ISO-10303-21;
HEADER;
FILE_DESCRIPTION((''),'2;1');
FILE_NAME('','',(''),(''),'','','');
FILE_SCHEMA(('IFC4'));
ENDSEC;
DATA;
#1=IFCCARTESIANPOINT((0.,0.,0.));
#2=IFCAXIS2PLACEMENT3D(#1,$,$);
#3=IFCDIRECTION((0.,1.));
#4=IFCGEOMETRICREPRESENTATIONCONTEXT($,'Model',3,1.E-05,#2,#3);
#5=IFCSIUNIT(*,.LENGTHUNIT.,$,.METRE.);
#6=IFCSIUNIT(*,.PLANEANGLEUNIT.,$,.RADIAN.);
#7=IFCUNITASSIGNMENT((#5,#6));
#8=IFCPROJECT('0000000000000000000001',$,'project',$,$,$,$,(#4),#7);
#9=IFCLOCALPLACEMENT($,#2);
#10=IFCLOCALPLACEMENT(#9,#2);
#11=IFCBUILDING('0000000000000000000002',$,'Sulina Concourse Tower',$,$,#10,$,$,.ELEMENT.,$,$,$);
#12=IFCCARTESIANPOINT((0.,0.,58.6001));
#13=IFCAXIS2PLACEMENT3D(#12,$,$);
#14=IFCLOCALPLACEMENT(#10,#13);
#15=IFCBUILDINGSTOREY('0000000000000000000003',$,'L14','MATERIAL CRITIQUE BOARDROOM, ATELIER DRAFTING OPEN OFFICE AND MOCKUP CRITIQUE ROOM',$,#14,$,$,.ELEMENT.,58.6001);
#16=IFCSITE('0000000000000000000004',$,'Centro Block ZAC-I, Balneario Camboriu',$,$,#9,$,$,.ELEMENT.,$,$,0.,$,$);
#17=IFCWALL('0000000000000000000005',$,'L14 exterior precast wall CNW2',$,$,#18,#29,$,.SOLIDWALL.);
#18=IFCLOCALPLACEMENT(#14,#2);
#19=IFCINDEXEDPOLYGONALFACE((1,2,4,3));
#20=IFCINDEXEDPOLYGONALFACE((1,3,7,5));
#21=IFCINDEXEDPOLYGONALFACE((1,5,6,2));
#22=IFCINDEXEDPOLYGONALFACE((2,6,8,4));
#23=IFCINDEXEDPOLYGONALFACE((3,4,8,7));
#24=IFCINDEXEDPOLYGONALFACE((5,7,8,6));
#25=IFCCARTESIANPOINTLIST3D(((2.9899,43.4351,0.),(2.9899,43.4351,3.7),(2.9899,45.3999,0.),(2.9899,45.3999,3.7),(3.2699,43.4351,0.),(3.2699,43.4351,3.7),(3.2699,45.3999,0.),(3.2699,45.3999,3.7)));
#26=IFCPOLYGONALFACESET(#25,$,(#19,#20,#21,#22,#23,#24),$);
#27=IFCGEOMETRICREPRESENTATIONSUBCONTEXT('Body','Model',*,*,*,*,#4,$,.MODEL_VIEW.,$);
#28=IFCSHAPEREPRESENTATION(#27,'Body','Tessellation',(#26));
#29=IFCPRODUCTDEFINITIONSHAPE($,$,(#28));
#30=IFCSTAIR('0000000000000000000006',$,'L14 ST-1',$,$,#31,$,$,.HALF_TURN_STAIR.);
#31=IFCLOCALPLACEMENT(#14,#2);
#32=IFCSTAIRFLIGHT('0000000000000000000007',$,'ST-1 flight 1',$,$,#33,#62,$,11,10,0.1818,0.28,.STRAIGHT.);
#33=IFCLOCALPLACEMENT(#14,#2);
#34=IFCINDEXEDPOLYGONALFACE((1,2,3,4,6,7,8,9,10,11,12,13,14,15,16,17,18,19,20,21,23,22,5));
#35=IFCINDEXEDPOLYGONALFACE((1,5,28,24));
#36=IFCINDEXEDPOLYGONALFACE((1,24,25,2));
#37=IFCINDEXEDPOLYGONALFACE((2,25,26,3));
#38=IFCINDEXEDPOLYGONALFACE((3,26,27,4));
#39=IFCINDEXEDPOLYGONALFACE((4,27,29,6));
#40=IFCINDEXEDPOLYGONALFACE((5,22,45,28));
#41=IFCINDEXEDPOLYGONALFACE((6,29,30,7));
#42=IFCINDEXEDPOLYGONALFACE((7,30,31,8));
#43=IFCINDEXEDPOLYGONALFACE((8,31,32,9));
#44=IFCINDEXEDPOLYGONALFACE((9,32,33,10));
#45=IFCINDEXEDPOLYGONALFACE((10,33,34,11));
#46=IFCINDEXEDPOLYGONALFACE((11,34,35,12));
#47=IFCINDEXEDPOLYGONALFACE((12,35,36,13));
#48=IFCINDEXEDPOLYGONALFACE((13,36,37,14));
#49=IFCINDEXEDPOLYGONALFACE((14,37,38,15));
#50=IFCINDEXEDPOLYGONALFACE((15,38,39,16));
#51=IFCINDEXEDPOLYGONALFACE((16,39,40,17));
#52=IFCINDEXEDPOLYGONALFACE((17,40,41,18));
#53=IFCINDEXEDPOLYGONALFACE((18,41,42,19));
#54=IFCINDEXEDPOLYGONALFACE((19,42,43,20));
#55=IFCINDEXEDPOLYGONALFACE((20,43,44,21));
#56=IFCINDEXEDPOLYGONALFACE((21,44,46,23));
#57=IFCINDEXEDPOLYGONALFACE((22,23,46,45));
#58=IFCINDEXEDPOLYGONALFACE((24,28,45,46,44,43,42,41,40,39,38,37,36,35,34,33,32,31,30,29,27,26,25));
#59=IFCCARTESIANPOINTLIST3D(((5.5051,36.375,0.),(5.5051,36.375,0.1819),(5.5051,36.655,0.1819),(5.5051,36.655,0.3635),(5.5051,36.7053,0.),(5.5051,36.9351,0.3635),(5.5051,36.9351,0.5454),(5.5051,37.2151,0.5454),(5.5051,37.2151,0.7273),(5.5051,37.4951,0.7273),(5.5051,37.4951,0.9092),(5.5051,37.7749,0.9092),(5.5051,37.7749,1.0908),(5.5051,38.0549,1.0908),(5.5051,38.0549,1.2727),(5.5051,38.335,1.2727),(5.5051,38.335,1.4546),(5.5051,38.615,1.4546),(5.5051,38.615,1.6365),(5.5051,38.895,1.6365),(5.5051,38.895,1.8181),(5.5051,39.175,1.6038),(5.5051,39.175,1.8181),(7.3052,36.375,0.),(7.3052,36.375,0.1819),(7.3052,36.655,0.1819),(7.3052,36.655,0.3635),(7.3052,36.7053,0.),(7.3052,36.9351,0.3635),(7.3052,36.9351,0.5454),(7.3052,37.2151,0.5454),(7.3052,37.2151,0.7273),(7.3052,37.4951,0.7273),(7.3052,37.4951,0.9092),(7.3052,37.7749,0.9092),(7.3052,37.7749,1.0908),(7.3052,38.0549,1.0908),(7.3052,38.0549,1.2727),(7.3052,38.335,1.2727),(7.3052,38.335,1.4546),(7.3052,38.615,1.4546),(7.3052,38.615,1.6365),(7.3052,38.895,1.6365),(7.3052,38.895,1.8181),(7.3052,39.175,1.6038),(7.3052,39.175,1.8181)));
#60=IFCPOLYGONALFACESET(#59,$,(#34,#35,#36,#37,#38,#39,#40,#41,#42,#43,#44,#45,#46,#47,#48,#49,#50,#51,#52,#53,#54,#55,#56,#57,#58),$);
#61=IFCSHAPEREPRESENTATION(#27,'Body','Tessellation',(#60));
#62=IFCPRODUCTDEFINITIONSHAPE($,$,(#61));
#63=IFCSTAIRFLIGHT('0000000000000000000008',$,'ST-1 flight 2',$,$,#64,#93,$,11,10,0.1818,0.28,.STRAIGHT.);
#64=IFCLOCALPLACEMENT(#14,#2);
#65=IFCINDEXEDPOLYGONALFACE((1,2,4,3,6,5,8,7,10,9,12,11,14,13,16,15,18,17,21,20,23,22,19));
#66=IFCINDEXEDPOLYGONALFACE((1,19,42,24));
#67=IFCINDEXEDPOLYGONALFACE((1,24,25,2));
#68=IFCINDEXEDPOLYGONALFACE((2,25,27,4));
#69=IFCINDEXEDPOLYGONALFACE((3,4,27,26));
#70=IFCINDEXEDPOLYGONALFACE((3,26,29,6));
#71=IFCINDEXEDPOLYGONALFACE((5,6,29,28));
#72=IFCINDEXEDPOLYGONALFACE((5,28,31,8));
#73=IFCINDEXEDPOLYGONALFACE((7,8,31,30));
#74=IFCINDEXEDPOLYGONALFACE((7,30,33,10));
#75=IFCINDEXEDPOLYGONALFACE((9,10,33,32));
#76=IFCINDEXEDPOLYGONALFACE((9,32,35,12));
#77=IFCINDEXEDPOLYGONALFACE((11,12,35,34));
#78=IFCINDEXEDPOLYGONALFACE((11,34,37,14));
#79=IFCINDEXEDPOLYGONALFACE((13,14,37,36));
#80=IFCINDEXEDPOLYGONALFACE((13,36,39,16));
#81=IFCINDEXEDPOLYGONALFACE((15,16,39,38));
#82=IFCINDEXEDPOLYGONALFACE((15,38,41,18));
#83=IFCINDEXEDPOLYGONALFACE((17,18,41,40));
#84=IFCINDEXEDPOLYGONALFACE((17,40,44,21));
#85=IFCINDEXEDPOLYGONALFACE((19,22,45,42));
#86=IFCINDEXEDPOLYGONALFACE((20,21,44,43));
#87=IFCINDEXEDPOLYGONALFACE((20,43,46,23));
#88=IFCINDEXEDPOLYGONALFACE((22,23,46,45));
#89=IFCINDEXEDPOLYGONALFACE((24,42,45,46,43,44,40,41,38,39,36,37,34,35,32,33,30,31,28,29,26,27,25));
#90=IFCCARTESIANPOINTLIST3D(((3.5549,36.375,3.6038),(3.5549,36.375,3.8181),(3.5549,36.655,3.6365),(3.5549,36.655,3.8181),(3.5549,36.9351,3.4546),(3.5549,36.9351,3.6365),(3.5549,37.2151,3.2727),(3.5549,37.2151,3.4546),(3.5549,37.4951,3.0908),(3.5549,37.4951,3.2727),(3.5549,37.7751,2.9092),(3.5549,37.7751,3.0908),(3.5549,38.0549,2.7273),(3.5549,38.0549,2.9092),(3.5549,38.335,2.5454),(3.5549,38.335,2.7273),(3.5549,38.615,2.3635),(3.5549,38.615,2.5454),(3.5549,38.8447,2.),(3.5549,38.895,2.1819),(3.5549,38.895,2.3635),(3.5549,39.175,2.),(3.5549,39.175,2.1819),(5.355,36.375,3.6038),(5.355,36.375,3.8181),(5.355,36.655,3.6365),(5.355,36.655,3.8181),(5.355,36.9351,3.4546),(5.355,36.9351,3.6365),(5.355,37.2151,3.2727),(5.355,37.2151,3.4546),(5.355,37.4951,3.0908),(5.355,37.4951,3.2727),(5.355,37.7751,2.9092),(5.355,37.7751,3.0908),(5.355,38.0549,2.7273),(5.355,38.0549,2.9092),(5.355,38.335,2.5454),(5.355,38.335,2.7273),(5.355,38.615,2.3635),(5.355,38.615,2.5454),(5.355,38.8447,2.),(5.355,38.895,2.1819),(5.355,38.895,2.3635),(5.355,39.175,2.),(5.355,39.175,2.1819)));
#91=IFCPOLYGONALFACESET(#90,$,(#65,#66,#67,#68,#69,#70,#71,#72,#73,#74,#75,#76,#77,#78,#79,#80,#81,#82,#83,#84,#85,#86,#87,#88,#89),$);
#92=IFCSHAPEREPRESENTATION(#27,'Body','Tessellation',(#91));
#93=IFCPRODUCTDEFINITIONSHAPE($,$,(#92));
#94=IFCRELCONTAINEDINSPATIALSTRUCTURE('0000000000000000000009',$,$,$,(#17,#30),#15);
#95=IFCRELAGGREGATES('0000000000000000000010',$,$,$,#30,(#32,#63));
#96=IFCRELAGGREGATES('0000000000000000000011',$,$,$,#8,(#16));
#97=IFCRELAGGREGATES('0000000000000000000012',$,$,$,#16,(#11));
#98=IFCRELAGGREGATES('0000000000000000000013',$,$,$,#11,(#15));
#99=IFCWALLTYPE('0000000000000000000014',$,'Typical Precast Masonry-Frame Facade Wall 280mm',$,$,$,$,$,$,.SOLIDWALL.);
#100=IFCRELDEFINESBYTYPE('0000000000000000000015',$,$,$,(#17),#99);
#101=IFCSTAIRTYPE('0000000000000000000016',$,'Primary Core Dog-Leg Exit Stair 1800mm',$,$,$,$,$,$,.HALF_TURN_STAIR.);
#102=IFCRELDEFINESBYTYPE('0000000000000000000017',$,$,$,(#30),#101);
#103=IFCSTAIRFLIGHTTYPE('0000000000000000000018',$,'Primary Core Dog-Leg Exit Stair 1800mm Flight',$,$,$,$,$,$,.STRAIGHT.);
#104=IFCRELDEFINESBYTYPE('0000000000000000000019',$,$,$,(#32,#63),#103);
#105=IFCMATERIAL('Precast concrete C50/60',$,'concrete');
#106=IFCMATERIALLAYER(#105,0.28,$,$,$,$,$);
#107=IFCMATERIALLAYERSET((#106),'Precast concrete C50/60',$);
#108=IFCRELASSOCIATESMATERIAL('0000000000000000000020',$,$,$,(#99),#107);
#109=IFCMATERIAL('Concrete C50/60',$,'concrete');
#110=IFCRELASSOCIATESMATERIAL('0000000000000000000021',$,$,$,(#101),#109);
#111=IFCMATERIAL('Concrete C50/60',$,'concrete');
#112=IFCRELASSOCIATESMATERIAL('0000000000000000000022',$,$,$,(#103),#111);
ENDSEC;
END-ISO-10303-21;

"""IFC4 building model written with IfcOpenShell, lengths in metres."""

from ifc_helpers import new_model, si_unit, direction, frame, frame_2d, origin, place, context, subcontext, project, spatial, polyline, rectangle, outline, extrude, material, layer, layer_set, type_object, element, aggregate, save


model = new_model("IFC4")

# Units and contexts
model_context = context("Model", 3, precision=1e-05, world=origin(), true_north=direction((0.0, 1.0)))
body_context = subcontext(model_context, "Body", "Model", "MODEL_VIEW")
ifc_project = project(units=[si_unit("LENGTHUNIT", "METRE"), si_unit("PLANEANGLEUNIT", "RADIAN")], contexts=[model_context])

# Site, building, storey
site_placement = place(None, origin())
site = spatial("IfcSite", under=ifc_project, at=site_placement, Name="Centro Block ZAC-I, Balneario Camboriu", CompositionType="ELEMENT", RefElevation=0.0)
building_placement = place(site_placement, origin())
building = spatial("IfcBuilding", under=site, at=building_placement, Name="Sulina Concourse Tower", CompositionType="ELEMENT")
storey_placement = place(building_placement, frame((0.0, 0.0, 58.6001)))
storey = spatial("IfcBuildingStorey", under=building, at=storey_placement, Name="L14", Description="MATERIAL CRITIQUE BOARDROOM, ATELIER DRAFTING OPEN OFFICE AND MOCKUP CRITIQUE ROOM", CompositionType="ELEMENT", Elevation=58.6001)

# Wall
ifc_material_1 = material(Name="Precast concrete C50/60", Category="concrete")
ifc_layer_1 = layer(ifc_material_1, 0.28)
ifc_layer_set_1 = layer_set([ifc_layer_1], Name="Precast concrete C50/60")
wall_type_1 = type_object("IfcWallType", Name="Typical Precast Masonry-Frame Facade Wall 280mm", PredefinedType="SOLIDWALL", material=ifc_layer_set_1)
wall_1_placement = place(storey_placement, frame((3.1299, 43.4351, 0.0), z_axis=(0.0, 0.0, 1.0), x_axis=(0.0, 1.0, 0.0)))
element("IfcWall", 1, at=wall_1_placement, inside=storey, type_object=wall_type_1, Name="L14 exterior precast wall CNW2", PredefinedType="SOLIDWALL", context=body_context, shape_type="SweptSolid", body=[
    extrude(rectangle(XDim=1.9648, YDim=0.28, at=frame_2d((0.9824, 0.0))), origin(), (0.0, 0.0, 1.0), 3.7),
])

# Stair, stair flights
ifc_material_2 = material(Name="Concrete C50/60", Category="concrete")
stair_type = type_object("IfcStairType", Name="Primary Core Dog-Leg Exit Stair 1800mm", PredefinedType="HALF_TURN_STAIR", material=ifc_material_2)
stair_placement = place(storey_placement, origin())
stair = element("IfcStair", 2, at=stair_placement, inside=storey, type_object=stair_type, Name="L14 ST-1", PredefinedType="HALF_TURN_STAIR")
ifc_material_3 = material(Name="Concrete C50/60", Category="concrete")
stair_flight_type = type_object("IfcStairFlightType", Name="Primary Core Dog-Leg Exit Stair 1800mm Flight", PredefinedType="STRAIGHT", material=ifc_material_3)
stair_flight_1_placement = place(storey_placement, frame((6.405, 36.375, 0.0), z_axis=(0.0, 0.0, 1.0), x_axis=(0.0, 1.0, 0.0)))
stair_flight_1 = element("IfcStairFlight", 3, at=stair_flight_1_placement, type_object=stair_flight_type, Name="ST-1 flight 1", NumberOfRisers=11, NumberOfTreads=10, PredefinedType="STRAIGHT", RiserHeight=0.1818, TreadLength=0.28, context=body_context, shape_type="SweptSolid", body=[
    extrude(outline(polyline([(0.0, 0.0), (0.0, 0.1819), (0.28, 0.1819), (0.28, 0.3635), (0.5601, 0.3635), (0.5601, 0.5454), (0.8401, 0.5454), (0.8401, 0.7273), (1.1201, 0.7273), (1.1201, 0.9092), (1.3999, 0.9092), (1.3999, 1.0908), (1.6799, 1.0908), (1.6799, 1.2727), (1.96, 1.2727), (1.96, 1.4546), (2.24, 1.4546), (2.24, 1.6365), (2.52, 1.6365), (2.52, 1.8181), (2.8, 1.8181), (2.8, 2.0), (2.8, 1.6038), (0.3303, 0.0), (0.0, 0.0)])), frame((0.0, 0.8999, 0.0), z_axis=(0.0, -1.0, 0.0), x_axis=(1.0, 0.0, 0.0)), (0.0, 0.0, 1.0), 1.8),
])
stair_flight_2_placement = place(storey_placement, frame((4.4551, 39.175, 2.0), z_axis=(0.0, 0.0, 1.0), x_axis=(0.0, -1.0, 0.0)))
stair_flight_2 = element("IfcStairFlight", 4, at=stair_flight_2_placement, type_object=stair_flight_type, Name="ST-1 flight 2", NumberOfRisers=11, NumberOfTreads=10, PredefinedType="STRAIGHT", RiserHeight=0.1818, TreadLength=0.28, context=body_context, shape_type="SweptSolid", body=[
    extrude(outline(polyline([(0.0, 0.0), (0.0, 0.1819), (0.28, 0.1819), (0.28, 0.3635), (0.5601, 0.3635), (0.5601, 0.5454), (0.8401, 0.5454), (0.8401, 0.7273), (1.1201, 0.7273), (1.1201, 0.9092), (1.3999, 0.9092), (1.3999, 1.0908), (1.6799, 1.0908), (1.6799, 1.2727), (1.96, 1.2727), (1.96, 1.4546), (2.24, 1.4546), (2.24, 1.6365), (2.52, 1.6365), (2.52, 1.8181), (2.8, 1.8181), (2.8, 2.0), (2.8, 1.6038), (0.3303, 0.0), (0.0, 0.0)])), frame((0.0, 0.8999, 0.0), z_axis=(0.0, -1.0, 0.0), x_axis=(1.0, 0.0, 0.0)), (0.0, 0.0, 1.0), 1.8),
])
aggregate(stair, [stair_flight_1, stair_flight_2])

save(model, "model.ifc")
